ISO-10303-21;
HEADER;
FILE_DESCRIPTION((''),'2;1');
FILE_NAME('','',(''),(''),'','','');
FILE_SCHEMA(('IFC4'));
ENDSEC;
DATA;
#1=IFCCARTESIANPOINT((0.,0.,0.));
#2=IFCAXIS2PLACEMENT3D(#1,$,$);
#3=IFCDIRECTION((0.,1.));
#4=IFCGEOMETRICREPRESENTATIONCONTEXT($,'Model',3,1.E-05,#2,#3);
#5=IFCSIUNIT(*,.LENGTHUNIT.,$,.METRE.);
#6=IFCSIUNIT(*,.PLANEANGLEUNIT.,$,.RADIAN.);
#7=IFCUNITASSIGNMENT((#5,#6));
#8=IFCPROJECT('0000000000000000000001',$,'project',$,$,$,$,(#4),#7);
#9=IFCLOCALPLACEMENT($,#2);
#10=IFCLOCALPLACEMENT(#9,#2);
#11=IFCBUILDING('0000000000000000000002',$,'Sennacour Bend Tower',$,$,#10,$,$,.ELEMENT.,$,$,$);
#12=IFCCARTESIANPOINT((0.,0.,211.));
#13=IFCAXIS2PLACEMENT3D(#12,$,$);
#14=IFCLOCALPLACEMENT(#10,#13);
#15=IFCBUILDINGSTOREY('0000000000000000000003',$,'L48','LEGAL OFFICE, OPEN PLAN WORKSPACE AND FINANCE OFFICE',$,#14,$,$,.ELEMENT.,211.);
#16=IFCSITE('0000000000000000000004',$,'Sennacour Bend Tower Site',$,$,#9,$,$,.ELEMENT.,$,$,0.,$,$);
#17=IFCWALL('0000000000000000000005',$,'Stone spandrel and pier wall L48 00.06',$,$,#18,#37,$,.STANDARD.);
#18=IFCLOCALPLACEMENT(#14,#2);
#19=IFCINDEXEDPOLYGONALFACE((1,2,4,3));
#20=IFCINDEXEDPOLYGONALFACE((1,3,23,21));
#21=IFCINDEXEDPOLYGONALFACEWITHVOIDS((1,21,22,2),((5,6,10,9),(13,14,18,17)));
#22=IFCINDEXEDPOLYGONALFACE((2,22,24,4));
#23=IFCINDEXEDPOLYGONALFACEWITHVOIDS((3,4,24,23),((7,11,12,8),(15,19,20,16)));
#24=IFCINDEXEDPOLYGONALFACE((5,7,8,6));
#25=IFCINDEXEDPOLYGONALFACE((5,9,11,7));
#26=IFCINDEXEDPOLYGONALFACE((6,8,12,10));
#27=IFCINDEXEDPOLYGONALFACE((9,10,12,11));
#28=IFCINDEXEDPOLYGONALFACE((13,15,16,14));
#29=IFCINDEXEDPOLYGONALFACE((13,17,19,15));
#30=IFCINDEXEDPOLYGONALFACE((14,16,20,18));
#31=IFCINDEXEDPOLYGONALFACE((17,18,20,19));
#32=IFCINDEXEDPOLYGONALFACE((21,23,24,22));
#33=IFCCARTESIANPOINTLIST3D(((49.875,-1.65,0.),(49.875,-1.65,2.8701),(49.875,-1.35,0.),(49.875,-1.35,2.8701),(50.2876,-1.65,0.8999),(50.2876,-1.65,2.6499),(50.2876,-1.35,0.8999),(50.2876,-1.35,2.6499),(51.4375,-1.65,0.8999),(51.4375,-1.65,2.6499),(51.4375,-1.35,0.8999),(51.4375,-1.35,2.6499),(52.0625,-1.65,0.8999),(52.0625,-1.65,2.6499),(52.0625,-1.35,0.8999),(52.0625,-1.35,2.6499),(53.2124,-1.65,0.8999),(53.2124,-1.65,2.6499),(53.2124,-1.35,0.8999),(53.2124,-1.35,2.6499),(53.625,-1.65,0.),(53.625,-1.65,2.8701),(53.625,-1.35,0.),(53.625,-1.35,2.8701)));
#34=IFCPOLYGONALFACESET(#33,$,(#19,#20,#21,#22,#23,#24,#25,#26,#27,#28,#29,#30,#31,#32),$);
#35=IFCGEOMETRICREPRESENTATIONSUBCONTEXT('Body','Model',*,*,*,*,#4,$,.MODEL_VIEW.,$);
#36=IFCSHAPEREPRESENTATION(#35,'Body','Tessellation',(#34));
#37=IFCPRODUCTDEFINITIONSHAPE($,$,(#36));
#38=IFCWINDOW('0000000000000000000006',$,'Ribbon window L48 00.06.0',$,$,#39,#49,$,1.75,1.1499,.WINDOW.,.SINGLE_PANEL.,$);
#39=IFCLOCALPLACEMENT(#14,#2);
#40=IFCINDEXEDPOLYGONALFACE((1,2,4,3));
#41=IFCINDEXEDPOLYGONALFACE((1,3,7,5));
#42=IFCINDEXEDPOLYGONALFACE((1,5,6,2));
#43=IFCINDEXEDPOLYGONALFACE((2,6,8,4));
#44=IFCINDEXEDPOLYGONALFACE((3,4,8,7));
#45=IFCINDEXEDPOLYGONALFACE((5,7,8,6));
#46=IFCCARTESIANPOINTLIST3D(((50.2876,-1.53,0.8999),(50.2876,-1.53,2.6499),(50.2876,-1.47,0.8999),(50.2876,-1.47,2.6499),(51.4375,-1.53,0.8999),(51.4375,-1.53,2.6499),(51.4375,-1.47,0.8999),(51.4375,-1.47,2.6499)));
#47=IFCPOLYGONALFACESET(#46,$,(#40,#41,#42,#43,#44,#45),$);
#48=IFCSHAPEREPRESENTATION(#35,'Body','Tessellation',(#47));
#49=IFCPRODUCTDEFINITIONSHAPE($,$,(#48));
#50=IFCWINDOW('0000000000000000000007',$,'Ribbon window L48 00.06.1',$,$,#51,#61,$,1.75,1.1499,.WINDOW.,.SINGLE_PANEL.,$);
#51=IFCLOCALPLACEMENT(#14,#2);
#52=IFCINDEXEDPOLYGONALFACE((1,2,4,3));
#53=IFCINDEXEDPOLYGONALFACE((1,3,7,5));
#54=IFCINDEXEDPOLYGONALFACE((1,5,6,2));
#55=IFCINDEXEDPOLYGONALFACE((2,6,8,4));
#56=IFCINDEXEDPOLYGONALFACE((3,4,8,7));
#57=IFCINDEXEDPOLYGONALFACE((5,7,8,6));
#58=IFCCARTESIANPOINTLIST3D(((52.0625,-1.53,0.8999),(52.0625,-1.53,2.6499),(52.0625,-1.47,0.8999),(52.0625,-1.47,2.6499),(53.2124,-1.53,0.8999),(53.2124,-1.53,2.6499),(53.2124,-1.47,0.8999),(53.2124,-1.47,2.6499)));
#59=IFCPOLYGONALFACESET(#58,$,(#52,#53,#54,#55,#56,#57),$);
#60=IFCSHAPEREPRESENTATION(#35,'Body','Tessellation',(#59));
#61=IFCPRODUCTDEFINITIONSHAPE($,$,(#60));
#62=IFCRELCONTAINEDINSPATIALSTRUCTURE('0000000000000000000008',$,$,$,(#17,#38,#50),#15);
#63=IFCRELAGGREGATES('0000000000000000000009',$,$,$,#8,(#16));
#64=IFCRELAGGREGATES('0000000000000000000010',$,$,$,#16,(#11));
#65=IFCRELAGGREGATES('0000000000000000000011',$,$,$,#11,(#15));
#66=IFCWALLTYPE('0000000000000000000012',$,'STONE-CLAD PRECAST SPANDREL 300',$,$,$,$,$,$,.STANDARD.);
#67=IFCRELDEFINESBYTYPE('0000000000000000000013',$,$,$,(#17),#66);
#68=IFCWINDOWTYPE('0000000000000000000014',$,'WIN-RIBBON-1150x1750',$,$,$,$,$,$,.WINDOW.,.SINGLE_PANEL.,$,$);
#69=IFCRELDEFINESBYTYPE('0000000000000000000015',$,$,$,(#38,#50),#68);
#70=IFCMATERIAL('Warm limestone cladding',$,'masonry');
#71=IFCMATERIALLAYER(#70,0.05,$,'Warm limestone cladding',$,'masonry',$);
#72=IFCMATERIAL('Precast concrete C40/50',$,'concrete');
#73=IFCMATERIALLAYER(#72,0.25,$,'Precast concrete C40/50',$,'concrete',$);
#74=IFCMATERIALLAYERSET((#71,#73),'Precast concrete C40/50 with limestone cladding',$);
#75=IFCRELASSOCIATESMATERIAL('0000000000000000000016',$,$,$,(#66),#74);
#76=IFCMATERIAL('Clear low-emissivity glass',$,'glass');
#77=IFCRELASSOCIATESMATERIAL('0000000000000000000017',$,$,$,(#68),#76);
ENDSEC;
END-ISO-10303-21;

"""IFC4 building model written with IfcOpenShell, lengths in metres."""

from ifc_helpers import new_model, si_unit, direction, frame, frame_2d, origin, place, context, subcontext, project, spatial, rectangle, extrude, material, layer, layer_set, type_object, element, fill, save


model = new_model("IFC4")

# Units and contexts
model_context = context("Model", 3, precision=1e-05, world=origin(), true_north=direction((0.0, 1.0)))
body_context = subcontext(model_context, "Body", "Model", "MODEL_VIEW")
ifc_project = project(units=[si_unit("LENGTHUNIT", "METRE"), si_unit("PLANEANGLEUNIT", "RADIAN")], contexts=[model_context])

# Site, building, storey
site_placement = place(None, origin())
site = spatial("IfcSite", under=ifc_project, at=site_placement, Name="Sennacour Bend Tower Site", CompositionType="ELEMENT", RefElevation=0.0)
building_placement = place(site_placement, origin())
building = spatial("IfcBuilding", under=site, at=building_placement, Name="Sennacour Bend Tower", CompositionType="ELEMENT")
storey_placement = place(building_placement, frame((0.0, 0.0, 211.0)))
storey = spatial("IfcBuildingStorey", under=building, at=storey_placement, Name="L48", Description="LEGAL OFFICE, OPEN PLAN WORKSPACE AND FINANCE OFFICE", CompositionType="ELEMENT", Elevation=211.0)

# Wall, openings, windows
ifc_material_1 = material(Name="Warm limestone cladding", Category="masonry")
ifc_layer_1 = layer(ifc_material_1, 0.05, Name="Warm limestone cladding", Category="masonry")
ifc_material_2 = material(Name="Precast concrete C40/50", Category="concrete")
ifc_layer_2 = layer(ifc_material_2, 0.25, Name="Precast concrete C40/50", Category="concrete")
ifc_layer_set = layer_set([ifc_layer_1, ifc_layer_2], Name="Precast concrete C40/50 with limestone cladding")
wall_type = type_object("IfcWallType", Name="STONE-CLAD PRECAST SPANDREL 300", PredefinedType="STANDARD", material=ifc_layer_set)
ifc_material_3 = material(Name="Clear low-emissivity glass", Category="glass")
window_type = type_object("IfcWindowType", Name="WIN-RIBBON-1150x1750", PartitioningType="SINGLE_PANEL", PredefinedType="WINDOW", material=ifc_material_3)
wall_1_placement = place(storey_placement, frame((49.875, -1.5, 0.0), z_axis=(0.0, 0.0, 1.0), x_axis=(1.0, 0.0, 0.0)))
wall_1 = element("IfcWall", 1, at=wall_1_placement, inside=storey, type_object=wall_type, Name="Stone spandrel and pier wall L48 00.06", PredefinedType="STANDARD", context=body_context, shape_type="SweptSolid", body=[
    extrude(rectangle(XDim=3.75, YDim=0.3, at=frame_2d((1.875, 0.0))), origin(), (0.0, 0.0, 1.0), 2.8701),
])
opening_1_placement = place(wall_1_placement, frame((0.4126, 0.0, 0.8999)))
opening_1 = element("IfcOpeningElement", 2, at=opening_1_placement, cuts=wall_1, PredefinedType="OPENING", context=body_context, shape_type="SweptSolid", body=[
    extrude(rectangle(XDim=1.1499, YDim=1.75, at=frame_2d((0.575, 0.875))), frame((0.0, 0.1602, 0.0), z_axis=(0.0, -1.0, 0.0), x_axis=(1.0, 0.0, 0.0)), (0.0, 0.0, 1.0), 0.3201),
])
opening_2_placement = place(wall_1_placement, frame((2.1875, 0.0, 0.8999)))
opening_2 = element("IfcOpeningElement", 3, at=opening_2_placement, cuts=wall_1, PredefinedType="OPENING", context=body_context, shape_type="SweptSolid", body=[
    extrude(rectangle(XDim=1.1499, YDim=1.75, at=frame_2d((0.575, 0.875))), frame((0.0, 0.1602, 0.0), z_axis=(0.0, -1.0, 0.0), x_axis=(1.0, 0.0, 0.0)), (0.0, 0.0, 1.0), 0.3201),
])
window_1_placement = place(opening_1_placement, origin())
window_1 = element("IfcWindow", 4, at=window_1_placement, inside=storey, type_object=window_type, Name="Ribbon window L48 00.06.0", OverallHeight=1.75, OverallWidth=1.1499, PartitioningType="SINGLE_PANEL", PredefinedType="WINDOW", context=body_context, shape_type="SweptSolid", body=[
    extrude(rectangle(XDim=1.1499, YDim=1.75, at=frame_2d((0.575, 0.875))), frame((0.0, 0.03, 0.0), z_axis=(0.0, -1.0, 0.0), x_axis=(1.0, 0.0, 0.0)), (0.0, 0.0, 1.0), 0.0601),
])
fill(opening_1, window_1)
window_2_placement = place(opening_2_placement, origin())
window_2 = element("IfcWindow", 5, at=window_2_placement, inside=storey, type_object=window_type, Name="Ribbon window L48 00.06.1", OverallHeight=1.75, OverallWidth=1.1499, PartitioningType="SINGLE_PANEL", PredefinedType="WINDOW", context=body_context, shape_type="SweptSolid", body=[
    extrude(rectangle(XDim=1.1499, YDim=1.75, at=frame_2d((0.575, 0.875))), frame((0.0, 0.03, 0.0), z_axis=(0.0, -1.0, 0.0), x_axis=(1.0, 0.0, 0.0)), (0.0, 0.0, 1.0), 0.0601),
])
fill(opening_2, window_2)

save(model, "model.ifc")
